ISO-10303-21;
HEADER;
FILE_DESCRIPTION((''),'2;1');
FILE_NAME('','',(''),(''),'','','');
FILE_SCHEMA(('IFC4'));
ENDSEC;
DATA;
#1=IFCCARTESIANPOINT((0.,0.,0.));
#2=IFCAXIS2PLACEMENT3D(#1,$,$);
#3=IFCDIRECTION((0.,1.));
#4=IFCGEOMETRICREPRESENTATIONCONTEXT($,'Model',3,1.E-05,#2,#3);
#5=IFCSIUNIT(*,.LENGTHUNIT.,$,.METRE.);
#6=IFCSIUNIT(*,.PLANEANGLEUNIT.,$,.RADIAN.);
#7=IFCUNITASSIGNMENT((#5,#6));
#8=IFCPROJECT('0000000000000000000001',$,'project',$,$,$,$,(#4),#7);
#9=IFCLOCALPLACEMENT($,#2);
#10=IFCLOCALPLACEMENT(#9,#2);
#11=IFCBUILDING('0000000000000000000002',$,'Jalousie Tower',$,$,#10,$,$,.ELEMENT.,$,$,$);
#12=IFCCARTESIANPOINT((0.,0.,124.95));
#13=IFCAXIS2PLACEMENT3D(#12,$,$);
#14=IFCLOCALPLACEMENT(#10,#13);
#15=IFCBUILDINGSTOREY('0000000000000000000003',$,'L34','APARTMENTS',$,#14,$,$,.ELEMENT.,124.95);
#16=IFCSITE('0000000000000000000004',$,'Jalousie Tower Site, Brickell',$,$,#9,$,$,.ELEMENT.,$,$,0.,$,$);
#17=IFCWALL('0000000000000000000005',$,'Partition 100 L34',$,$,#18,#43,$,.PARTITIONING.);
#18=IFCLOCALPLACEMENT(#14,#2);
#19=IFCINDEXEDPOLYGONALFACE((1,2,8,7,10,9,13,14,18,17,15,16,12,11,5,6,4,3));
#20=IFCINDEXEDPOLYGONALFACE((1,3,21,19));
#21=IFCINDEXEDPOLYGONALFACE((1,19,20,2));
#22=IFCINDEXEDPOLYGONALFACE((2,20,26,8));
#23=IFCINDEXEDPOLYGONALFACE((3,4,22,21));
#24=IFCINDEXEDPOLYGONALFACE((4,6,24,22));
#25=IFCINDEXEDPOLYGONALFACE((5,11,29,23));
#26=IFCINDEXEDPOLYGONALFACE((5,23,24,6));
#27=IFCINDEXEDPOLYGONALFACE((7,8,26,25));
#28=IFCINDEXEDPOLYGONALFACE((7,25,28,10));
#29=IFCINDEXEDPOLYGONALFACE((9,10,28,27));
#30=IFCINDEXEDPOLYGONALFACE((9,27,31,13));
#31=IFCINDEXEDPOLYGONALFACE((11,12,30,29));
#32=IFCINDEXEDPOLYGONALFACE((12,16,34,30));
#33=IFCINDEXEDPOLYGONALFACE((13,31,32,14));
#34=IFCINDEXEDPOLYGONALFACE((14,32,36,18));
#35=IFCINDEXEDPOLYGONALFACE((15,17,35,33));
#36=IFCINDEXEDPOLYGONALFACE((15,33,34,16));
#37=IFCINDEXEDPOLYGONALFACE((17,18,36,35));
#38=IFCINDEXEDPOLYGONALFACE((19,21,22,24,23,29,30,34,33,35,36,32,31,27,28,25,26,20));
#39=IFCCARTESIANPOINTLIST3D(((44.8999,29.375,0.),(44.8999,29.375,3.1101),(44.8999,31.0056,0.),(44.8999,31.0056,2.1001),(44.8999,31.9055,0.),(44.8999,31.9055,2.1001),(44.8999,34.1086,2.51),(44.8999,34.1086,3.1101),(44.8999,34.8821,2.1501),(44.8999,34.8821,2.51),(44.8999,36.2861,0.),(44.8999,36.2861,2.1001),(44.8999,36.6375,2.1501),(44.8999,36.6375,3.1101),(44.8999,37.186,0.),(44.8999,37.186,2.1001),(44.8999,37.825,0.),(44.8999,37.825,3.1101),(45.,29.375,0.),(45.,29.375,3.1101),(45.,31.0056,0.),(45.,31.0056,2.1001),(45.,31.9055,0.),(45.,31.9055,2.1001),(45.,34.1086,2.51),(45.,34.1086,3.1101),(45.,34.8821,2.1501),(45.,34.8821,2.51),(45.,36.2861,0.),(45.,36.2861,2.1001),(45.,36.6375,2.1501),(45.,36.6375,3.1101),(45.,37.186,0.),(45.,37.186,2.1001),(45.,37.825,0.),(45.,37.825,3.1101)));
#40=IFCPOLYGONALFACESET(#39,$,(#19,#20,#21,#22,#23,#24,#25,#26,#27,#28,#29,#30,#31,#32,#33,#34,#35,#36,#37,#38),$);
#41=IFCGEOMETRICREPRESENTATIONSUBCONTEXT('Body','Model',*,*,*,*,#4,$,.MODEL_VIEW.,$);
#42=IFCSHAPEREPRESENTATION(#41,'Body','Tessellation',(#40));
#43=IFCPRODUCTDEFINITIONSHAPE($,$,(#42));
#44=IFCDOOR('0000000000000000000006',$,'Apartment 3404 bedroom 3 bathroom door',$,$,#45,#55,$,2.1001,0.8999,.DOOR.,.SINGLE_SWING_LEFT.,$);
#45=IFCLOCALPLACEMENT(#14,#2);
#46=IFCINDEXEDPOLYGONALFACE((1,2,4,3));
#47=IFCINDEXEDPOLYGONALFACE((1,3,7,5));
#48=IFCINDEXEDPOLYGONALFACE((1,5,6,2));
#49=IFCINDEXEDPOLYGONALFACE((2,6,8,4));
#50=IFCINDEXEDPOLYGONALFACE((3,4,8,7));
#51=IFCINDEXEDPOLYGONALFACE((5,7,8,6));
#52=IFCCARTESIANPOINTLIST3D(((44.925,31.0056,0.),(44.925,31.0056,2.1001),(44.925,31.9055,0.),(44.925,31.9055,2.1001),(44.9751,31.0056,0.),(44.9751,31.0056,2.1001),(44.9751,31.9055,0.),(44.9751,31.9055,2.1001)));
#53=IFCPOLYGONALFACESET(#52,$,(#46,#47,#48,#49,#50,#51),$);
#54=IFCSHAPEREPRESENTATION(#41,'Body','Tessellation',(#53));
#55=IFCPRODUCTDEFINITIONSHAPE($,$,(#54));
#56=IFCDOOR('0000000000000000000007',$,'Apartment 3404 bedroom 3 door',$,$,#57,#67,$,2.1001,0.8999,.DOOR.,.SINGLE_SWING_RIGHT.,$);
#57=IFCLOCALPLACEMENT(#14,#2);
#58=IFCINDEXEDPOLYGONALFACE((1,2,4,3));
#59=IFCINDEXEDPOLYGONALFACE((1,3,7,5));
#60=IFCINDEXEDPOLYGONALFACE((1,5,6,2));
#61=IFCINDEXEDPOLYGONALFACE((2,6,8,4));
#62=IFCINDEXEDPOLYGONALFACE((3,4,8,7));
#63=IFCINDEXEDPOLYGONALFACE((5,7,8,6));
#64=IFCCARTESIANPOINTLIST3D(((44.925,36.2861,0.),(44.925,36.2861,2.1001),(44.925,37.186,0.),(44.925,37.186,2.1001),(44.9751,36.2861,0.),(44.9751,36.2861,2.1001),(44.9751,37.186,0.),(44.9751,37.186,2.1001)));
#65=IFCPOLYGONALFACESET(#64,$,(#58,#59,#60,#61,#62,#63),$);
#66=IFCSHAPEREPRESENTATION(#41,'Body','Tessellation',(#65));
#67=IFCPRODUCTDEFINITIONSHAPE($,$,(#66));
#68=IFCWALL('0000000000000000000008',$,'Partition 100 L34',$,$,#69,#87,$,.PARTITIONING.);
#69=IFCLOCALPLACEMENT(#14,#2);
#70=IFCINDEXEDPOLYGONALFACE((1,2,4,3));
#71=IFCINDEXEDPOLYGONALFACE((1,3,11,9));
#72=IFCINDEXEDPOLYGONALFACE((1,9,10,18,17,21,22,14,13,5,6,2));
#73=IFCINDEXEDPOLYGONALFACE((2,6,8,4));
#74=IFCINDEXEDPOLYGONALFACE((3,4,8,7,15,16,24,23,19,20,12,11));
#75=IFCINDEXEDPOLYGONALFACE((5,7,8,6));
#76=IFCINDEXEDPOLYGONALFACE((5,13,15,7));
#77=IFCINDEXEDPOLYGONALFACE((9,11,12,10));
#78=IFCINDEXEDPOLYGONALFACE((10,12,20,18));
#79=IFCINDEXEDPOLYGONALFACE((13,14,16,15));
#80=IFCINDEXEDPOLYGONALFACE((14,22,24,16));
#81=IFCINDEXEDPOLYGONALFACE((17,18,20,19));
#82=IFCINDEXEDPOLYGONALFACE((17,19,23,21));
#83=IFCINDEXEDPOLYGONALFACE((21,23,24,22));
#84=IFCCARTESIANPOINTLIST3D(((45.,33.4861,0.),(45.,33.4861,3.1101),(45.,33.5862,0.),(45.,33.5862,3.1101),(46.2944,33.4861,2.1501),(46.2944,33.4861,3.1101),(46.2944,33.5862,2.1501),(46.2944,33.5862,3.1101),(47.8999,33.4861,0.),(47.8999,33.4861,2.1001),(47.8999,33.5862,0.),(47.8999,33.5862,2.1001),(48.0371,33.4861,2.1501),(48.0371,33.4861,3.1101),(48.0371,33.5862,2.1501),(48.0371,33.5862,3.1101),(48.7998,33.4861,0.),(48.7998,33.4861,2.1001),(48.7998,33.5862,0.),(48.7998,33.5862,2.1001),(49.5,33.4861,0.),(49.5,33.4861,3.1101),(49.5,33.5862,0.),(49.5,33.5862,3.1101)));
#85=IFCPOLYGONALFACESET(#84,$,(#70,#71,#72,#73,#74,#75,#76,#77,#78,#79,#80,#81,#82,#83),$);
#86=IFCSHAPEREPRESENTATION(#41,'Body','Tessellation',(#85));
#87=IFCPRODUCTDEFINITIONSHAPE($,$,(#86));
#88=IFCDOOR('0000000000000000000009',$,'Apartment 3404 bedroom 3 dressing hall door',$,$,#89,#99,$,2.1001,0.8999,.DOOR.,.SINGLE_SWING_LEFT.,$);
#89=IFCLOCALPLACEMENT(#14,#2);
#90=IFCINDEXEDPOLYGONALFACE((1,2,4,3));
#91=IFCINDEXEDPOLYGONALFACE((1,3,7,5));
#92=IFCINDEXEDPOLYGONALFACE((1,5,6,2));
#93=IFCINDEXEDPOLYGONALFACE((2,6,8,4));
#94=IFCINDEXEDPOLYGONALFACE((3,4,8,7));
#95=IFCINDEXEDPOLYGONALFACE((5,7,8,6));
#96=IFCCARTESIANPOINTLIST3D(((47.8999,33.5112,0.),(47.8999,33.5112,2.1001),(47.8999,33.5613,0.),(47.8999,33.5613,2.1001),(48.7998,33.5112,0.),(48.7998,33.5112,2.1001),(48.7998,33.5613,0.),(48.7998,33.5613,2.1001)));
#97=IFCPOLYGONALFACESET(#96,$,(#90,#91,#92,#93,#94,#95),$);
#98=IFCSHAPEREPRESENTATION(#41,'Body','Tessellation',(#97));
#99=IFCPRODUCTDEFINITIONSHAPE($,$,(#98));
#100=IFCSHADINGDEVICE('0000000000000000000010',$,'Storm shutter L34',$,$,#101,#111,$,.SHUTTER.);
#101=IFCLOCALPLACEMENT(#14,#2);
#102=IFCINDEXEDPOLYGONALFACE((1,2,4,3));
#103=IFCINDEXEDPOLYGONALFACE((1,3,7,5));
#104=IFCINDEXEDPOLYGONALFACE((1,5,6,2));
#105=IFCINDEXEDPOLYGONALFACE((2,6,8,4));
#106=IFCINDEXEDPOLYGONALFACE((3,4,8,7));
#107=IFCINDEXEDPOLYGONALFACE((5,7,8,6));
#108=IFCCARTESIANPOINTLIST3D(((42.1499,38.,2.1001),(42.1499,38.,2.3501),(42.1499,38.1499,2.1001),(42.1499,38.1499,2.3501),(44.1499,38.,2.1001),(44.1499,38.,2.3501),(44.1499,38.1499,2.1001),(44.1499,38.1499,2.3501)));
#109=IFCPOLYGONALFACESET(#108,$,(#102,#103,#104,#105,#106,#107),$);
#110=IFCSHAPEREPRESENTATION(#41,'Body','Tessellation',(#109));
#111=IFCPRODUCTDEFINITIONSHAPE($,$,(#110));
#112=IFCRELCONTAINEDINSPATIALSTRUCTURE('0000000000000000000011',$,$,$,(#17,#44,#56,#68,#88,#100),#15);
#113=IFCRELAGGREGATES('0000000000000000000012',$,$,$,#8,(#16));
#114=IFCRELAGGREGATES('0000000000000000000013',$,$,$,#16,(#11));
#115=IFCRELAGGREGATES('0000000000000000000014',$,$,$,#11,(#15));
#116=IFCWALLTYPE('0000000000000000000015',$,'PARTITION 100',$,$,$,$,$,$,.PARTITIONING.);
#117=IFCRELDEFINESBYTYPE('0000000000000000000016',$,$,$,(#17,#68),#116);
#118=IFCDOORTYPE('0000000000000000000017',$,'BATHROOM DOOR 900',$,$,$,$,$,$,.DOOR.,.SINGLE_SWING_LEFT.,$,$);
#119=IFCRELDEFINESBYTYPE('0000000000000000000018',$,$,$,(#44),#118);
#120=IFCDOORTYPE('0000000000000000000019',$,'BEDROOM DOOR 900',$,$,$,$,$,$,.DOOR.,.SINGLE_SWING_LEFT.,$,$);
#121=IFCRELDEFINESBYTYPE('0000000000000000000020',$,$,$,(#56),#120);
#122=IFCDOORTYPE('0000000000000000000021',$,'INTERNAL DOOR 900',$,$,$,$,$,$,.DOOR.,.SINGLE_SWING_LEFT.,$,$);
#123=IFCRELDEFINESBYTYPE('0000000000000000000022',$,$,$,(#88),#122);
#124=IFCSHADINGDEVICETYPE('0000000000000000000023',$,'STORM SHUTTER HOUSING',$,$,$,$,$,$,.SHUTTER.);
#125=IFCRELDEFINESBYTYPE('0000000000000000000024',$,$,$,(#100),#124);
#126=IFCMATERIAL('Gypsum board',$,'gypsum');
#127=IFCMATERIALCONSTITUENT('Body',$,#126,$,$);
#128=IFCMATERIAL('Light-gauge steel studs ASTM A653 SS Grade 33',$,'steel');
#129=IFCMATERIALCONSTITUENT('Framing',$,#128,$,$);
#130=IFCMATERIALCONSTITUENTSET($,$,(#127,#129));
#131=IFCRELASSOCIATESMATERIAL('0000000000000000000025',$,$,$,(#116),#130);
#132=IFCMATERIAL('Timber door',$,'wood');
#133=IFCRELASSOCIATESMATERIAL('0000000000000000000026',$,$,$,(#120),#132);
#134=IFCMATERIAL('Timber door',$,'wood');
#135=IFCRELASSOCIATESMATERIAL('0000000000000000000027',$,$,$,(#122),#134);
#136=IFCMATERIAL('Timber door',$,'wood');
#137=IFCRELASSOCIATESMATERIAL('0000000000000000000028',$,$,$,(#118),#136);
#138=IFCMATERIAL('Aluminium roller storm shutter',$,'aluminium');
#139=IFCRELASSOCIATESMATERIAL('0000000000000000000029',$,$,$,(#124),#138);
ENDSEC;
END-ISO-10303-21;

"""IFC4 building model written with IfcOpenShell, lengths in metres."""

from ifc_helpers import new_model, si_unit, direction, frame, frame_2d, origin, origin_2d, place, context, subcontext, project, spatial, polyline, rectangle, outline, extrude, material, constituent, constituent_set, type_object, element, fill, save


model = new_model("IFC4")

# Units and contexts
model_context = context("Model", 3, precision=1e-05, world=origin(), true_north=direction((0.0, 1.0)))
body_context = subcontext(model_context, "Body", "Model", "MODEL_VIEW")
ifc_project = project(units=[si_unit("LENGTHUNIT", "METRE"), si_unit("PLANEANGLEUNIT", "RADIAN")], contexts=[model_context])

# Site, building, storey
site_placement = place(None, origin())
site = spatial("IfcSite", under=ifc_project, at=site_placement, Name="Jalousie Tower Site, Brickell", CompositionType="ELEMENT", RefElevation=0.0)
building_placement = place(site_placement, origin())
building = spatial("IfcBuilding", under=site, at=building_placement, Name="Jalousie Tower", CompositionType="ELEMENT")
storey_placement = place(building_placement, frame((0.0, 0.0, 124.95)))
storey = spatial("IfcBuildingStorey", under=building, at=storey_placement, Name="L34", Description="APARTMENTS", CompositionType="ELEMENT", Elevation=124.95)

# Wall, openings, doors
ifc_material_1 = material(Name="Gypsum board", Category="gypsum")
ifc_constituent_1 = constituent(ifc_material_1, Name="Body")
ifc_material_2 = material(Name="Light-gauge steel studs ASTM A653 SS Grade 33", Category="steel")
ifc_constituent_2 = constituent(ifc_material_2, Name="Framing")
ifc_constituent_set_1 = constituent_set(constituents=[ifc_constituent_1, ifc_constituent_2])
wall_type_1 = type_object("IfcWallType", Name="PARTITION 100", PredefinedType="PARTITIONING", material=ifc_constituent_set_1)
ifc_material_3 = material(Name="Timber door", Category="wood")
door_type_1 = type_object("IfcDoorType", Name="BEDROOM DOOR 900", OperationType="SINGLE_SWING_LEFT", PredefinedType="DOOR", material=ifc_material_3)
ifc_material_4 = material(Name="Timber door", Category="wood")
door_type_2 = type_object("IfcDoorType", Name="INTERNAL DOOR 900", OperationType="SINGLE_SWING_LEFT", PredefinedType="DOOR", material=ifc_material_4)
wall_1_placement = place(storey_placement, frame((44.95, 37.825, 0.0), z_axis=(0.0, 0.0, 1.0), x_axis=(0.0, -1.0, 0.0)))
wall_1 = element("IfcWall", 1, at=wall_1_placement, inside=storey, type_object=wall_type_1, Name="Partition 100 L34", PredefinedType="PARTITIONING", context=body_context, shape_type="SweptSolid", body=[
    extrude(outline(polyline([(0.0, 0.0), (8.45, 0.0), (8.45, 3.1101), (3.7163, 3.1101), (3.7163, 2.51), (2.9429, 2.51), (2.9429, 2.1501), (1.1875, 2.1501), (1.1875, 3.1101), (0.0, 3.1101), (0.0, 0.0)])), frame((0.0, 0.05, 0.0), z_axis=(0.0, -1.0, 0.0), x_axis=(1.0, 0.0, 0.0)), (0.0, 0.0, 1.0), 0.1001),
])
opening_1_placement = place(wall_1_placement, frame((0.6389, 0.0, 0.0)))
opening_1 = element("IfcOpeningElement", 2, at=opening_1_placement, cuts=wall_1, PredefinedType="OPENING", context=body_context, shape_type="SweptSolid", body=[
    extrude(rectangle(XDim=0.8999, YDim=2.1001, at=frame_2d((0.45, 1.05))), frame((0.0, 0.0601, 0.0), z_axis=(0.0, -1.0, 0.0), x_axis=(1.0, 0.0, 0.0)), (0.0, 0.0, 1.0), 0.1201),
])
opening_2_placement = place(wall_1_placement, frame((5.9194, 0.0, 0.0)))
opening_2 = element("IfcOpeningElement", 3, at=opening_2_placement, cuts=wall_1, PredefinedType="OPENING", context=body_context, shape_type="SweptSolid", body=[
    extrude(rectangle(XDim=0.8999, YDim=2.1001, at=frame_2d((0.45, 1.05))), frame((0.0, 0.0601, 0.0), z_axis=(0.0, -1.0, 0.0), x_axis=(1.0, 0.0, 0.0)), (0.0, 0.0, 1.0), 0.1201),
])
ifc_material_5 = material(Name="Timber door", Category="wood")
door_type_3 = type_object("IfcDoorType", Name="BATHROOM DOOR 900", OperationType="SINGLE_SWING_LEFT", PredefinedType="DOOR", material=ifc_material_5)
door_1_placement = place(opening_2_placement, frame((0.8999, 0.0, 0.0), z_axis=(0.0, 0.0, 1.0), x_axis=(-1.0, 0.0, 0.0)))
door_1 = element("IfcDoor", 4, at=door_1_placement, inside=storey, type_object=door_type_3, Name="Apartment 3404 bedroom 3 bathroom door", OperationType="SINGLE_SWING_LEFT", OverallHeight=2.1001, OverallWidth=0.8999, PredefinedType="DOOR", context=body_context, shape_type="SweptSolid", body=[
    extrude(rectangle(XDim=0.8999, YDim=2.1001, at=frame_2d((0.45, 1.05))), frame((0.0, 0.0249, 0.0), z_axis=(0.0, -1.0, 0.0), x_axis=(1.0, 0.0, 0.0)), (0.0, 0.0, 1.0), 0.05),
])
fill(opening_2, door_1)
door_2_placement = place(opening_1_placement, frame((0.8999, 0.0, 0.0), z_axis=(0.0, 0.0, 1.0), x_axis=(-1.0, 0.0, 0.0)))
door_2 = element("IfcDoor", 5, at=door_2_placement, inside=storey, type_object=door_type_1, Name="Apartment 3404 bedroom 3 door", OperationType="SINGLE_SWING_RIGHT", OverallHeight=2.1001, OverallWidth=0.8999, PredefinedType="DOOR", context=body_context, shape_type="SweptSolid", body=[
    extrude(rectangle(XDim=0.8999, YDim=2.1001, at=frame_2d((0.45, 1.05))), frame((0.0, 0.0249, 0.0), z_axis=(0.0, -1.0, 0.0), x_axis=(1.0, 0.0, 0.0)), (0.0, 0.0, 1.0), 0.05),
])
fill(opening_1, door_2)

# Wall, opening, door
wall_2_placement = place(storey_placement, frame((45.0, 33.5361, 0.0), z_axis=(0.0, 0.0, 1.0), x_axis=(1.0, 0.0, 0.0)))
wall_2 = element("IfcWall", 6, at=wall_2_placement, inside=storey, type_object=wall_type_1, Name="Partition 100 L34", PredefinedType="PARTITIONING", context=body_context, shape_type="SweptSolid", body=[
    extrude(outline(polyline([(0.0, 0.0), (4.5, 0.0), (4.5, 3.1101), (3.0371, 3.1101), (3.0371, 2.1501), (1.2944, 2.1501), (1.2944, 3.1101), (0.0, 3.1101), (0.0, 0.0)])), frame((0.0, 0.05, 0.0), z_axis=(0.0, -1.0, 0.0), x_axis=(1.0, 0.0, 0.0)), (0.0, 0.0, 1.0), 0.1001),
])
opening_3_placement = place(wall_2_placement, frame((2.8999, 0.0, 0.0)))
opening_3 = element("IfcOpeningElement", 7, at=opening_3_placement, cuts=wall_2, PredefinedType="OPENING", context=body_context, shape_type="SweptSolid", body=[
    extrude(rectangle(XDim=0.8999, YDim=2.1001, at=frame_2d((0.45, 1.05))), frame((0.0, 0.0601, 0.0), z_axis=(0.0, -1.0, 0.0), x_axis=(1.0, 0.0, 0.0)), (0.0, 0.0, 1.0), 0.1201),
])
door_3_placement = place(opening_3_placement, frame((0.8999, 0.0, 0.0), z_axis=(0.0, 0.0, 1.0), x_axis=(-1.0, 0.0, 0.0)))
door_3 = element("IfcDoor", 8, at=door_3_placement, inside=storey, type_object=door_type_2, Name="Apartment 3404 bedroom 3 dressing hall door", OperationType="SINGLE_SWING_LEFT", OverallHeight=2.1001, OverallWidth=0.8999, PredefinedType="DOOR", context=body_context, shape_type="SweptSolid", body=[
    extrude(rectangle(XDim=0.8999, YDim=2.1001, at=frame_2d((0.45, 1.05))), frame((0.0, 0.0249, 0.0), z_axis=(0.0, -1.0, 0.0), x_axis=(1.0, 0.0, 0.0)), (0.0, 0.0, 1.0), 0.05),
])
fill(opening_3, door_3)

# Shading device
ifc_material_6 = material(Name="Aluminium roller storm shutter", Category="aluminium")
shading_device_type = type_object("IfcShadingDeviceType", Name="STORM SHUTTER HOUSING", PredefinedType="SHUTTER", material=ifc_material_6)
shading_device_placement = place(storey_placement, frame((43.1499, 38.075, 2.1001), z_axis=(0.0, 0.0, 1.0), x_axis=(-1.0, 0.0, 0.0)))
element("IfcShadingDevice", 9, at=shading_device_placement, inside=storey, type_object=shading_device_type, Name="Storm shutter L34", PredefinedType="SHUTTER", context=body_context, shape_type="SweptSolid", body=[
    extrude(rectangle(XDim=2.0, YDim=0.1499, at=origin_2d()), origin(), (0.0, 0.0, 1.0), 0.25),
])

save(model, "model.ifc")
